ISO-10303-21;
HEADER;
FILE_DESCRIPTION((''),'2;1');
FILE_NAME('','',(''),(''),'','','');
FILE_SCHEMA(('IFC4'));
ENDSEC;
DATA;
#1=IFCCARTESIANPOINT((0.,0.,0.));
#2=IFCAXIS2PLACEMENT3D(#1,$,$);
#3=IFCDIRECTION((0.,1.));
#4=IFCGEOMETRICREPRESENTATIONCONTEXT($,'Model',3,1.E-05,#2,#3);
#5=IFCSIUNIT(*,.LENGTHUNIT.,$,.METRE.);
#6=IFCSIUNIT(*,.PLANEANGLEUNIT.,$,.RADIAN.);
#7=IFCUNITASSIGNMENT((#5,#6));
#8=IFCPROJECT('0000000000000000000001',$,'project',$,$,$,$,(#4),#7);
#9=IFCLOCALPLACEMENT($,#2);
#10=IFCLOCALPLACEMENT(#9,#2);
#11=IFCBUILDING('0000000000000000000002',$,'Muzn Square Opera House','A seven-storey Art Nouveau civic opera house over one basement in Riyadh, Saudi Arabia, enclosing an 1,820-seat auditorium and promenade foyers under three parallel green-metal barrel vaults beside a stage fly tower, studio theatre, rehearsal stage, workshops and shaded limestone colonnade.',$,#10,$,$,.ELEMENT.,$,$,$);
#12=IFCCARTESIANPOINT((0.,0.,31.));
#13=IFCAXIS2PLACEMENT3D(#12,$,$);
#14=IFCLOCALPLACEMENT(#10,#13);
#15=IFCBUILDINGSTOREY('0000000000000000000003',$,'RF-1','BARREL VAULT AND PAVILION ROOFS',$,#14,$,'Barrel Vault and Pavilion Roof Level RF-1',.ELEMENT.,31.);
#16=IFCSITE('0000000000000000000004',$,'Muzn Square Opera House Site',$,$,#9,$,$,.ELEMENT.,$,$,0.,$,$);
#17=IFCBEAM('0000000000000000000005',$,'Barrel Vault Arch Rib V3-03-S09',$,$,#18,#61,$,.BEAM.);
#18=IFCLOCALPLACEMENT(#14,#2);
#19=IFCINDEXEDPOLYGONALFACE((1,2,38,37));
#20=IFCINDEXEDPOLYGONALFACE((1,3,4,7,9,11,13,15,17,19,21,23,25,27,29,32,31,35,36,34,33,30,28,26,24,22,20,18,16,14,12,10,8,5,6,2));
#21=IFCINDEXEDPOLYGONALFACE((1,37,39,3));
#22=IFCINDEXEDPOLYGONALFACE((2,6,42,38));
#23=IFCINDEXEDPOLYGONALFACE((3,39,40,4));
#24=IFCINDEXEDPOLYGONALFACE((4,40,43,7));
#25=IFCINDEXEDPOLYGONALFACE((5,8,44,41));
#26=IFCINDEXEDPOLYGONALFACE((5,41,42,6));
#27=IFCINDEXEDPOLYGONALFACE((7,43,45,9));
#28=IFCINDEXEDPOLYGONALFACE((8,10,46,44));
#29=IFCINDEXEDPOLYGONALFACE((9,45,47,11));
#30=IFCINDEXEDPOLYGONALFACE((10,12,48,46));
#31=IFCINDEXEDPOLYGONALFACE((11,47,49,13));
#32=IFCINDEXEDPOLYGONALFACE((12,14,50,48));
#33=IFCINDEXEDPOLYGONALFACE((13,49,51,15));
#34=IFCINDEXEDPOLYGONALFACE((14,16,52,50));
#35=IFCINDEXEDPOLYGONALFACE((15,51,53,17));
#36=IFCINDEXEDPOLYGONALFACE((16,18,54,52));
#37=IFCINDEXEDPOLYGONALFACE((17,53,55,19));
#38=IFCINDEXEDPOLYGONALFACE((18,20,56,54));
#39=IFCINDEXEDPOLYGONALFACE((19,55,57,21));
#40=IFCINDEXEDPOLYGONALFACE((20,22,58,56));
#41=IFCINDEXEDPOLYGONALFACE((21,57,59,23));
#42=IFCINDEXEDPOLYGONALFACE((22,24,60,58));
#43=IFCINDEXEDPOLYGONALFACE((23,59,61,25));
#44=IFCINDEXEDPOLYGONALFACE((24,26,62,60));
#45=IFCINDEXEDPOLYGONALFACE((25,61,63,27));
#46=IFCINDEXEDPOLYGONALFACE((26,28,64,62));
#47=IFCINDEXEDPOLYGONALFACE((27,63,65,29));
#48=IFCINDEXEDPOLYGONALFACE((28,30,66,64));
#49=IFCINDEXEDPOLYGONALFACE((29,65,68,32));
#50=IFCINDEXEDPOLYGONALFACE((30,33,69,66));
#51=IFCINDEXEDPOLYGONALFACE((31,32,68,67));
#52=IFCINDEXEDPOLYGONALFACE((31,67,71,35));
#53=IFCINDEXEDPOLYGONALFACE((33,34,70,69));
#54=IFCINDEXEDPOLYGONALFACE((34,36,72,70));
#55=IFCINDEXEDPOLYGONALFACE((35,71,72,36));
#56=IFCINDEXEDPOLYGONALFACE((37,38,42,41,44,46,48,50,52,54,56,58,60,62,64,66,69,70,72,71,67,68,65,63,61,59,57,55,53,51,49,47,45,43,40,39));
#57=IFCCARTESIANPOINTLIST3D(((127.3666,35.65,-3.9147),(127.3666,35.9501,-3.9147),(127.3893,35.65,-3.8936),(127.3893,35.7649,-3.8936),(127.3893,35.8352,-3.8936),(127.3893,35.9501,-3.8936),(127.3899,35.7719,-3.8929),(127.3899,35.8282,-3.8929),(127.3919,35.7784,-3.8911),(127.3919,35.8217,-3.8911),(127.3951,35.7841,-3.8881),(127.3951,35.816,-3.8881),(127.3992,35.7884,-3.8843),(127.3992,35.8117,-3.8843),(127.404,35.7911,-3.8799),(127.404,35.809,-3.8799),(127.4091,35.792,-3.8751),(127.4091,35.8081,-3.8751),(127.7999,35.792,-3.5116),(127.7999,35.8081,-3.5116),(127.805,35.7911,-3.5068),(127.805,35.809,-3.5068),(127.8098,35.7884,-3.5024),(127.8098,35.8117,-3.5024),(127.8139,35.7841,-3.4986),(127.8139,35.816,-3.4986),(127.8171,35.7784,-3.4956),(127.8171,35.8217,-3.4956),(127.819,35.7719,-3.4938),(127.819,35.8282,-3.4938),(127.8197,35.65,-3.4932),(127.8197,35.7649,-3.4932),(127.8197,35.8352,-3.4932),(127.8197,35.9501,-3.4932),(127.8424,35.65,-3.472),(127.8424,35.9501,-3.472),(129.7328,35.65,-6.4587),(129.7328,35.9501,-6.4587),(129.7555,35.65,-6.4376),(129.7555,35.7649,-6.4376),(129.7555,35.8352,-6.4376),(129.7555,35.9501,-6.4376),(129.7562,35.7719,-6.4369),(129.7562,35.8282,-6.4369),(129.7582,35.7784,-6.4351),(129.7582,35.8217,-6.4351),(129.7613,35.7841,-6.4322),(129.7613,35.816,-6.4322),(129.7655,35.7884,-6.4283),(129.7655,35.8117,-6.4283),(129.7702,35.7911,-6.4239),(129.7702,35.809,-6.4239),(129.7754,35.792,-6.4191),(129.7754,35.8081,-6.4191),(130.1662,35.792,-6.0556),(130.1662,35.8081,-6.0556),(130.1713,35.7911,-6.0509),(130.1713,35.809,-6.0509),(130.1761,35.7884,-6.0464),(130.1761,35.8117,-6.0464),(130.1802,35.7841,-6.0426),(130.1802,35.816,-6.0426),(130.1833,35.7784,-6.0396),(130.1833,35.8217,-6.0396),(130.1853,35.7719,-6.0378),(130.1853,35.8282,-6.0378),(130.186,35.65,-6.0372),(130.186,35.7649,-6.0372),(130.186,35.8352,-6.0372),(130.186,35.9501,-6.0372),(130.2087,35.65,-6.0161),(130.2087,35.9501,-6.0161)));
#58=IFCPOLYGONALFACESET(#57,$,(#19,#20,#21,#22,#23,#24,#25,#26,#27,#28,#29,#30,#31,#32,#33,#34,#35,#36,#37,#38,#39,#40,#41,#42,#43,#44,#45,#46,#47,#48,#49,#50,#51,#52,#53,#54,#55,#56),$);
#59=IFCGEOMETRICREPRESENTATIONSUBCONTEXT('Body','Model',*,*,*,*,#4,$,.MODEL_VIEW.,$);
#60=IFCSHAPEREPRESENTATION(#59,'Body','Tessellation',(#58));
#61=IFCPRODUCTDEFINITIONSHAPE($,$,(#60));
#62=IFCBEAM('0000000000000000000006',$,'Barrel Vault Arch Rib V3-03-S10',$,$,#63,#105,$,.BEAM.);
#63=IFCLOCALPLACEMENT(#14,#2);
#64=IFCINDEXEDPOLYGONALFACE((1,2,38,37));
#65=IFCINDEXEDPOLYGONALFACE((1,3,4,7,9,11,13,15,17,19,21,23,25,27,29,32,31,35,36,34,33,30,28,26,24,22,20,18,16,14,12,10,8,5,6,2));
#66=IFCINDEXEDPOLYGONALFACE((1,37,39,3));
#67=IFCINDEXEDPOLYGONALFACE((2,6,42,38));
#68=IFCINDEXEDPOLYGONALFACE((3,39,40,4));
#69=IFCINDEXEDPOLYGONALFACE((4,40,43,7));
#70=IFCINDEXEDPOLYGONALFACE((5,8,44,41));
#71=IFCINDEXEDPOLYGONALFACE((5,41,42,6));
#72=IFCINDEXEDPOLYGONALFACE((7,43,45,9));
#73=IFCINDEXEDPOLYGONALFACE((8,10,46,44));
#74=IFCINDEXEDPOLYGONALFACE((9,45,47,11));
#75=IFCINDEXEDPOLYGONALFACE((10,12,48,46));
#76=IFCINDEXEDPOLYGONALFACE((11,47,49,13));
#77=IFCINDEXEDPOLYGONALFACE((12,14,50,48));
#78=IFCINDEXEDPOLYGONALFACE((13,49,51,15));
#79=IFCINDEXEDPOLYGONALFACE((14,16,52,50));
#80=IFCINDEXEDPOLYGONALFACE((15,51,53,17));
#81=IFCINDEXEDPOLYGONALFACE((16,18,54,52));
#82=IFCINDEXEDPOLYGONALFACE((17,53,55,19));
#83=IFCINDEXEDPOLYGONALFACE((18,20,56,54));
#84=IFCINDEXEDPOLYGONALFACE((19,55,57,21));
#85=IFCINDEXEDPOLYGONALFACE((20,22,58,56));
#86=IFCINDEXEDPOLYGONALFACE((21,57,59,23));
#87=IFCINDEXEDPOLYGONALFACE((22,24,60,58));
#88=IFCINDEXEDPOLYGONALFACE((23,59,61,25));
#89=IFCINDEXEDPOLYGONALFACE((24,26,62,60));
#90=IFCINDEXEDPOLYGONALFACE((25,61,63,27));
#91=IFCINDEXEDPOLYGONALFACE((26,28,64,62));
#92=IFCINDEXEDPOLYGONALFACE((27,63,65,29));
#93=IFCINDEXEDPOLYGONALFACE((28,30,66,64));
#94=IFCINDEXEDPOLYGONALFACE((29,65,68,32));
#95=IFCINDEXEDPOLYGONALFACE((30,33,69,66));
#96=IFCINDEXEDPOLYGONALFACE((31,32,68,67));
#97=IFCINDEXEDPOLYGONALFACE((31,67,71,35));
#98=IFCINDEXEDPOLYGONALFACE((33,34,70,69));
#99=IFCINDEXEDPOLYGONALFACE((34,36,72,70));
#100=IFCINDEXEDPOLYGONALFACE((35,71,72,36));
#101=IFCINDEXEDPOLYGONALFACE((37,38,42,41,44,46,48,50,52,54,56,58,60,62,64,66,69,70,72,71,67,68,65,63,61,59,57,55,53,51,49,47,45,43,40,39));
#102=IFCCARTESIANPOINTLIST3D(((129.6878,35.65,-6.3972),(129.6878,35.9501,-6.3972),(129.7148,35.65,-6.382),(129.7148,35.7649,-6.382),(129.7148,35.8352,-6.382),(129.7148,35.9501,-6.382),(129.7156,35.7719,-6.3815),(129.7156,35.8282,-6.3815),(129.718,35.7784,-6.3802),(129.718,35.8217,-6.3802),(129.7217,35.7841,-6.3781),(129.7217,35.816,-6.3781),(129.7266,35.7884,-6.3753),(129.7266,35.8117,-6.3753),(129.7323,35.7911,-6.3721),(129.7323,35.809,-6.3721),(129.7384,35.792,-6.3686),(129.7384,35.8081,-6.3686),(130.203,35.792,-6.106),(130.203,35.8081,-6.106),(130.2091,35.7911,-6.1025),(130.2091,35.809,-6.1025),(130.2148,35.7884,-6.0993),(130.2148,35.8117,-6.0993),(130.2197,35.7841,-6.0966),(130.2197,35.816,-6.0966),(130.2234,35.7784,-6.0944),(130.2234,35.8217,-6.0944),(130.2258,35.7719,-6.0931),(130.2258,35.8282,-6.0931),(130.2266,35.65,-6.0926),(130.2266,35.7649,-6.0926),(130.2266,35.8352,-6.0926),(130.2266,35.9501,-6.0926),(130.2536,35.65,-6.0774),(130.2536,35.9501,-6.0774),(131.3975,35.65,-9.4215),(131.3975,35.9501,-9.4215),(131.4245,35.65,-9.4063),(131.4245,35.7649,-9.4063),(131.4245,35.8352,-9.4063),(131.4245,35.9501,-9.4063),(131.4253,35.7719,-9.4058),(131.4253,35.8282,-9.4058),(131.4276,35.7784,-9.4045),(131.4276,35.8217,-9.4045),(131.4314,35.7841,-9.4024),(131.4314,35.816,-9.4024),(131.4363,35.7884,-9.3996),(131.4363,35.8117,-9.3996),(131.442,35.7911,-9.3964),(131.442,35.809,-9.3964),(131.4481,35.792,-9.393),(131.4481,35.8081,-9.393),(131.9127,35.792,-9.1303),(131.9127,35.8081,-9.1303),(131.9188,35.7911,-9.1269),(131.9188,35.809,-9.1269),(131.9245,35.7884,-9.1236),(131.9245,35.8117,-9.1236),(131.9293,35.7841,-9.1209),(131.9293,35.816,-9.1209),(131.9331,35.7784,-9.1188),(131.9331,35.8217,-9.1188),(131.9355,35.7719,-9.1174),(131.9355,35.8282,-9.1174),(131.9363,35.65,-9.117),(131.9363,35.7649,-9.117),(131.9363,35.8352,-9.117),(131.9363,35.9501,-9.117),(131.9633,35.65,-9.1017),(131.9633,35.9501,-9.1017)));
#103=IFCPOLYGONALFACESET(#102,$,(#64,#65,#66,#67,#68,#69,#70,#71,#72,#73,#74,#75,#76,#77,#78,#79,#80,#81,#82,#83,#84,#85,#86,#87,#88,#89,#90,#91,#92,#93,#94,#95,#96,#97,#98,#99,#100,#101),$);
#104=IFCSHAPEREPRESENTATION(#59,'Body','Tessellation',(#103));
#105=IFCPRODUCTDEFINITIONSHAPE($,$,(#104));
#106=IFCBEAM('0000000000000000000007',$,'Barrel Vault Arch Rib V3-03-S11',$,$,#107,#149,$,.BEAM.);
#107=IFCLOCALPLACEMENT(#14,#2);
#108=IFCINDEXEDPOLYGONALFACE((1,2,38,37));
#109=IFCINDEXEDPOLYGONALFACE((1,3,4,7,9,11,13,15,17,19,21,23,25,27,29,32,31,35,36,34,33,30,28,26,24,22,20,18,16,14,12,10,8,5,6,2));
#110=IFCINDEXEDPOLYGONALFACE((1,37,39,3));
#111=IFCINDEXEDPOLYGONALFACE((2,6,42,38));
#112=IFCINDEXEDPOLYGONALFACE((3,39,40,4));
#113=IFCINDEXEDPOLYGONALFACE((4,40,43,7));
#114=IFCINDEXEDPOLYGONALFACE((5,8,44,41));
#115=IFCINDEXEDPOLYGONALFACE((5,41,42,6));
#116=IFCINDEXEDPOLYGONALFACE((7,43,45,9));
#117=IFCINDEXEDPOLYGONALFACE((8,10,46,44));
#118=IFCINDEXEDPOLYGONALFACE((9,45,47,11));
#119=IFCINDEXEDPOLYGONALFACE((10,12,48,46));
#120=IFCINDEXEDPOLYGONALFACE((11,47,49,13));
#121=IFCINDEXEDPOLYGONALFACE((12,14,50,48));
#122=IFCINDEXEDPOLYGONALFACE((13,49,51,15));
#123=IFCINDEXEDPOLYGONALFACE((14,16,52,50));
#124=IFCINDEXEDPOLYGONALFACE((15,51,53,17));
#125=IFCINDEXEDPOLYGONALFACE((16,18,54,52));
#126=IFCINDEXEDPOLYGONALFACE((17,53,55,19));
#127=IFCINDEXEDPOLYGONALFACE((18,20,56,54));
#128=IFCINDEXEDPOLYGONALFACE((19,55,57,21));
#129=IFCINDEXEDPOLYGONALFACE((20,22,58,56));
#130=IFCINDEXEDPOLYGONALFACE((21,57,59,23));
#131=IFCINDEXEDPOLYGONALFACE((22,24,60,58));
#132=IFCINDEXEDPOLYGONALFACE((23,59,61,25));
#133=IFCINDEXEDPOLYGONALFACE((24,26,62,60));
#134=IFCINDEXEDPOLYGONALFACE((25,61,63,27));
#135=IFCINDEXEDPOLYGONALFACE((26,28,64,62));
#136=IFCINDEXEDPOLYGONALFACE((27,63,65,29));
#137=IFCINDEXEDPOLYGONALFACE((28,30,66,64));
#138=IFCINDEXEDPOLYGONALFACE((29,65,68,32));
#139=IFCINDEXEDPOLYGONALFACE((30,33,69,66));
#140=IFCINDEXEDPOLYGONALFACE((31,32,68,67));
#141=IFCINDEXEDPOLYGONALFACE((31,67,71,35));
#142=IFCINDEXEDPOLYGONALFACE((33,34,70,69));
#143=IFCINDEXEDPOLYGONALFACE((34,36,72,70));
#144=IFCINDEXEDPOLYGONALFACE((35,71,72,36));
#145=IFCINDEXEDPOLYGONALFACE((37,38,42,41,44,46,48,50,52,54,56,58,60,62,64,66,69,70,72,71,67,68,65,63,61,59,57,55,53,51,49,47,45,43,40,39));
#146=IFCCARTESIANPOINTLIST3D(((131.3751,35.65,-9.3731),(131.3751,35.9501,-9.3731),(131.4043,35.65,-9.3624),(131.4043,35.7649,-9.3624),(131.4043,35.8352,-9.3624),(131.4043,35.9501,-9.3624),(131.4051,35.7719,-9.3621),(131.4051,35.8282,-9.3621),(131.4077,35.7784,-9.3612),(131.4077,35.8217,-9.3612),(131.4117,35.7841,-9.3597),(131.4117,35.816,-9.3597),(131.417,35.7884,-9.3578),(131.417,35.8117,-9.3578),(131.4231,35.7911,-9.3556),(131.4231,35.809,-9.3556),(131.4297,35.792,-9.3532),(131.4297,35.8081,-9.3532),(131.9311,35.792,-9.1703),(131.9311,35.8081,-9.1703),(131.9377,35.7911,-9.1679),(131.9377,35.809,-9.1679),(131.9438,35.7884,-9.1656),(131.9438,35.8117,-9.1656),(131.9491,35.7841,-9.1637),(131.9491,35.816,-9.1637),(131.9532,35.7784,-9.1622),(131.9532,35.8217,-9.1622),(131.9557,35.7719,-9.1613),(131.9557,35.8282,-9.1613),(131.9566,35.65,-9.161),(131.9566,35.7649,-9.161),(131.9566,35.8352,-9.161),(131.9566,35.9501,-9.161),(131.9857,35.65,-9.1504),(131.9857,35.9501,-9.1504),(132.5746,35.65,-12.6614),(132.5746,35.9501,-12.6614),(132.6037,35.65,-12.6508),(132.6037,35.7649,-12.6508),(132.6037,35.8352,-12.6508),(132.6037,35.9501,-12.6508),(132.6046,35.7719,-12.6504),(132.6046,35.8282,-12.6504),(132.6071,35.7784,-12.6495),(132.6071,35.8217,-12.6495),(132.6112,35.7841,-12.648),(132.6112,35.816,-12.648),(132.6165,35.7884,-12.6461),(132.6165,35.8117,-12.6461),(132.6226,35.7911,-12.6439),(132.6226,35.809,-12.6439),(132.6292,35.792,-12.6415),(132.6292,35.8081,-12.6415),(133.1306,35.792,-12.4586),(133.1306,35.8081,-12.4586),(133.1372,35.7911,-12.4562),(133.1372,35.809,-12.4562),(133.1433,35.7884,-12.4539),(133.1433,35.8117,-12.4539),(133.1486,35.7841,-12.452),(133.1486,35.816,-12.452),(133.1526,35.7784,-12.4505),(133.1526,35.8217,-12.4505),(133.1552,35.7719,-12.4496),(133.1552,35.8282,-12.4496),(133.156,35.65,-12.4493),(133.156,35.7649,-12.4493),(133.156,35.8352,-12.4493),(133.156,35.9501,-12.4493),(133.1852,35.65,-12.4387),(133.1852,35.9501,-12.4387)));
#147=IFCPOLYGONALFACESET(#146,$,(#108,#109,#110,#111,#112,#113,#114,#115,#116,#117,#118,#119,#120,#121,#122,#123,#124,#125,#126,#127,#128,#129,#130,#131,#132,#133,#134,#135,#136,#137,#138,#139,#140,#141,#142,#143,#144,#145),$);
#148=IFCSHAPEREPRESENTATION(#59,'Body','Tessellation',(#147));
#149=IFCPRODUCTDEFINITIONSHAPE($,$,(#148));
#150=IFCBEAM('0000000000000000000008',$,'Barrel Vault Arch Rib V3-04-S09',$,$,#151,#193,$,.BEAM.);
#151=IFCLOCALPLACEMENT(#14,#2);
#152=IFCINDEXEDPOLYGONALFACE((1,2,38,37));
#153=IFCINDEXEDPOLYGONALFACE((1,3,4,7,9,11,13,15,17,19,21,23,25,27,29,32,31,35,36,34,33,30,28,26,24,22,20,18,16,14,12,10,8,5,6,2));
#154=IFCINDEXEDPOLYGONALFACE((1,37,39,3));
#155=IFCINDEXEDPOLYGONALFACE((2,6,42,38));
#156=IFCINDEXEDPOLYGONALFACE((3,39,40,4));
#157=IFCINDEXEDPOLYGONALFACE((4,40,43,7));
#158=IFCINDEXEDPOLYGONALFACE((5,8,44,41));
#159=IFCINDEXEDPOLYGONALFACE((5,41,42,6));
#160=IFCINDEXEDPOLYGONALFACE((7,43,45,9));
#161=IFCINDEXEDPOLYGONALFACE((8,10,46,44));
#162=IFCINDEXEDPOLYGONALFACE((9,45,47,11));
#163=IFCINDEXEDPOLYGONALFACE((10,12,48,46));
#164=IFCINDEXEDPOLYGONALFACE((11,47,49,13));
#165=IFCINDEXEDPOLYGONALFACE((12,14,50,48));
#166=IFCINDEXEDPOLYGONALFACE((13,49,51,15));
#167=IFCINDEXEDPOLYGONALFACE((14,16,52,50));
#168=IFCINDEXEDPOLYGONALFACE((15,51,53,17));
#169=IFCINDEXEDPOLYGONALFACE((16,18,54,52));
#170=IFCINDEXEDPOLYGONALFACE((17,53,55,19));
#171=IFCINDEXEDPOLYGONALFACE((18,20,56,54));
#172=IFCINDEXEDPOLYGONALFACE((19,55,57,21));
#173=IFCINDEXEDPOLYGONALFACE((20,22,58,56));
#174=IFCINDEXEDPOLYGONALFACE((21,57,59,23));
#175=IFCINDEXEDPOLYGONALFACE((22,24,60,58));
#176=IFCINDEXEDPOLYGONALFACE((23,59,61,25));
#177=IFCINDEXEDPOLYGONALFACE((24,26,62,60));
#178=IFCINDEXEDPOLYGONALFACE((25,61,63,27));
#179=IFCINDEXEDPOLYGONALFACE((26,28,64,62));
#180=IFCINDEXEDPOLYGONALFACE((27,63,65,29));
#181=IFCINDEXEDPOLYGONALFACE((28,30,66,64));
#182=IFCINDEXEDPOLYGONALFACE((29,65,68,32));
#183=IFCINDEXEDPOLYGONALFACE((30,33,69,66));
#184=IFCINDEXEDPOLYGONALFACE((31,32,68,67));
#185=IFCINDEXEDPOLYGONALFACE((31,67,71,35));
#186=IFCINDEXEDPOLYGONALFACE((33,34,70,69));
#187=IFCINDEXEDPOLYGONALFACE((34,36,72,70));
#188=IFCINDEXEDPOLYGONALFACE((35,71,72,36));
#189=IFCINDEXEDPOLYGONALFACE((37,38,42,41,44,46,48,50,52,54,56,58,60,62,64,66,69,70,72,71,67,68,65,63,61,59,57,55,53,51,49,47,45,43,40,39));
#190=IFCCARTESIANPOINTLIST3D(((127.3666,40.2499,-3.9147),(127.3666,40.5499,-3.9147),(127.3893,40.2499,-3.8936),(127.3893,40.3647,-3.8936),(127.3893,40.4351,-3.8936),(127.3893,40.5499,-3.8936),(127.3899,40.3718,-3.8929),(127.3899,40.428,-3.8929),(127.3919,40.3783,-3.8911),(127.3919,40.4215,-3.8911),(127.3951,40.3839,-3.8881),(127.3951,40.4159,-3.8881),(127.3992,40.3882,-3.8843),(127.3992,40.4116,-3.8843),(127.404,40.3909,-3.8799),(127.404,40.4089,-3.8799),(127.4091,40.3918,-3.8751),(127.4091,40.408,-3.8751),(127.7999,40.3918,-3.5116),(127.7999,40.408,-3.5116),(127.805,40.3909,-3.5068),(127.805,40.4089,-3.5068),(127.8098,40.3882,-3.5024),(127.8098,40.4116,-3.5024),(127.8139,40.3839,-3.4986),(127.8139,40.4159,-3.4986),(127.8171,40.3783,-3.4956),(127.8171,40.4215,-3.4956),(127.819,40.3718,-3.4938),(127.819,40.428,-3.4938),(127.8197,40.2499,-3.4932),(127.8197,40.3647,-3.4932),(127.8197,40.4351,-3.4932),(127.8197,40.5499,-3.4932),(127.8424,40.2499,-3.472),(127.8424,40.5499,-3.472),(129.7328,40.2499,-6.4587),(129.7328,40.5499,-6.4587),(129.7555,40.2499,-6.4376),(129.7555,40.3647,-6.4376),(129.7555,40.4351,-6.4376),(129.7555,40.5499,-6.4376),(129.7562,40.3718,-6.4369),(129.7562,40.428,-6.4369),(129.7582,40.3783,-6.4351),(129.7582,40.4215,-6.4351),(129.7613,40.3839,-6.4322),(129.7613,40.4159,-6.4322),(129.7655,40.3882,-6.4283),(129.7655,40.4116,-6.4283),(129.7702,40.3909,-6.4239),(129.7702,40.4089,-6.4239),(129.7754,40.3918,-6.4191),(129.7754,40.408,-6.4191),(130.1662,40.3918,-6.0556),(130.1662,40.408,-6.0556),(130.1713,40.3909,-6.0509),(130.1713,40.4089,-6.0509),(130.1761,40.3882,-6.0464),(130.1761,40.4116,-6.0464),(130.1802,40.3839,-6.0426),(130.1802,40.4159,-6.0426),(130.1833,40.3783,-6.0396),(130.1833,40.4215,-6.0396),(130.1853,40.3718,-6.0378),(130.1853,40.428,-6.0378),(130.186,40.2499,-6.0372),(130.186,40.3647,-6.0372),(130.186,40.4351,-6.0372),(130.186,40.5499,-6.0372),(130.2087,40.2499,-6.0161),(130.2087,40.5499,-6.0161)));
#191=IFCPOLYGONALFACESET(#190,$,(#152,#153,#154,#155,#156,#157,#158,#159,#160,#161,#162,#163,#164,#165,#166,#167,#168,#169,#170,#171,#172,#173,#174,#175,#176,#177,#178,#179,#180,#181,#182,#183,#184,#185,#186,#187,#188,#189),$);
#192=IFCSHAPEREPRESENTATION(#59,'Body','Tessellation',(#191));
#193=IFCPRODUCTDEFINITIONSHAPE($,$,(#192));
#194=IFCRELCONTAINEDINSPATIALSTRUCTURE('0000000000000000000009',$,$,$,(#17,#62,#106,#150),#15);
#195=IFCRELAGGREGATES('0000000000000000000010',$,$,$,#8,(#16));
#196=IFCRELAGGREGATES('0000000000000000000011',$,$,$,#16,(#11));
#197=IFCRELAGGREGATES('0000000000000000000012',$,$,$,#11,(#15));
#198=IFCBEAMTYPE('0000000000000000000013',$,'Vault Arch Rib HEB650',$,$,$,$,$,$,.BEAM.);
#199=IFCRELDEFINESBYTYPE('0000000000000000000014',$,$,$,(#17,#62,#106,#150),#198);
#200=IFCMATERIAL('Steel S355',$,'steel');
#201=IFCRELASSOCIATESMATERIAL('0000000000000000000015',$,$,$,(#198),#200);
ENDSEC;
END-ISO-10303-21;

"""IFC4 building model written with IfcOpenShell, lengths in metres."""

from ifc_helpers import new_model, si_unit, direction, frame, origin, origin_2d, place, context, subcontext, project, spatial, i_section, extrude, material, material_profile, profile_set, type_object, element, save


model = new_model("IFC4")

# Units and contexts
model_context = context("Model", 3, precision=1e-05, world=origin(), true_north=direction((0.0, 1.0)))
body_context = subcontext(model_context, "Body", "Model", "MODEL_VIEW")
ifc_project = project(units=[si_unit("LENGTHUNIT", "METRE"), si_unit("PLANEANGLEUNIT", "RADIAN")], contexts=[model_context])

# Site, building, storey
site_placement = place(None, origin())
site = spatial("IfcSite", under=ifc_project, at=site_placement, Name="Muzn Square Opera House Site", CompositionType="ELEMENT", RefElevation=0.0)
building_placement = place(site_placement, origin())
building = spatial("IfcBuilding", under=site, at=building_placement, Name="Muzn Square Opera House", Description="A seven-storey Art Nouveau civic opera house over one basement in Riyadh, Saudi Arabia, enclosing an 1,820-seat auditorium and promenade foyers under three parallel green-metal barrel vaults beside a stage fly tower, studio theatre, rehearsal stage, workshops and shaded limestone colonnade.", CompositionType="ELEMENT")
storey_placement = place(building_placement, frame((0.0, 0.0, 31.0)))
storey = spatial("IfcBuildingStorey", under=building, at=storey_placement, Name="RF-1", Description="BARREL VAULT AND PAVILION ROOFS", LongName="Barrel Vault and Pavilion Roof Level RF-1", CompositionType="ELEMENT", Elevation=31.0)

# Beams
ifc_material_1 = material(Name="Steel S355", Category="steel")
ifc_material_profile_1 = material_profile(ifc_material_1, i_section(OverallWidth=0.3, OverallDepth=0.6499, WebThickness=0.0161, FlangeThickness=0.031, FilletRadius=0.0271, at=origin_2d()), Name="HEB 650", Category="steel")
ifc_profile_set_1 = profile_set([ifc_material_profile_1], Name="Steel S355")
beam_type_1 = type_object("IfcBeamType", Name="Vault Arch Rib HEB650", PredefinedType="BEAM", material=ifc_profile_set_1)
beam_1_placement = place(storey_placement, frame((127.6045, 35.8, -3.6934), z_axis=(0.681065, 0.0, -0.732223), x_axis=(0.0, 1.0, 0.0)))
element("IfcBeam", 1, at=beam_1_placement, inside=storey, type_object=beam_type_1, Name="Barrel Vault Arch Rib V3-03-S09", PredefinedType="BEAM", context=body_context, shape_type="SweptSolid", body=[
    extrude(i_section(OverallWidth=0.3, OverallDepth=0.6499, WebThickness=0.0161, FlangeThickness=0.031, FilletRadius=0.0271, at=origin_2d()), origin(), (0.0, 0.0, 1.0), 3.4744),
])
beam_2_placement = place(storey_placement, frame((129.9707, 35.8, -6.2373), z_axis=(0.492115, 0.0, -0.87053), x_axis=(0.0, 1.0, 0.0)))
element("IfcBeam", 2, at=beam_2_placement, inside=storey, type_object=beam_type_1, Name="Barrel Vault Arch Rib V3-03-S10", PredefinedType="BEAM", context=body_context, shape_type="SweptSolid", body=[
    extrude(i_section(OverallWidth=0.3, OverallDepth=0.6499, WebThickness=0.0161, FlangeThickness=0.031, FilletRadius=0.0271, at=origin_2d()), origin(), (0.0, 0.0, 1.0), 3.4741),
])
beam_3_placement = place(storey_placement, frame((131.6804, 35.8, -9.2617), z_axis=(0.342678, 0.0, -0.939453), x_axis=(0.0, 1.0, 0.0)))
element("IfcBeam", 3, at=beam_3_placement, inside=storey, type_object=beam_type_1, Name="Barrel Vault Arch Rib V3-03-S11", PredefinedType="BEAM", context=body_context, shape_type="SweptSolid", body=[
    extrude(i_section(OverallWidth=0.3, OverallDepth=0.6499, WebThickness=0.0161, FlangeThickness=0.031, FilletRadius=0.0271, at=origin_2d()), origin(), (0.0, 0.0, 1.0), 3.5002),
])
beam_4_placement = place(storey_placement, frame((127.6045, 40.3999, -3.6934), z_axis=(0.681065, 0.0, -0.732223), x_axis=(0.0, 1.0, 0.0)))
element("IfcBeam", 4, at=beam_4_placement, inside=storey, type_object=beam_type_1, Name="Barrel Vault Arch Rib V3-04-S09", PredefinedType="BEAM", context=body_context, shape_type="SweptSolid", body=[
    extrude(i_section(OverallWidth=0.3, OverallDepth=0.6499, WebThickness=0.0161, FlangeThickness=0.031, FilletRadius=0.0271, at=origin_2d()), origin(), (0.0, 0.0, 1.0), 3.4744),
])

save(model, "model.ifc")
